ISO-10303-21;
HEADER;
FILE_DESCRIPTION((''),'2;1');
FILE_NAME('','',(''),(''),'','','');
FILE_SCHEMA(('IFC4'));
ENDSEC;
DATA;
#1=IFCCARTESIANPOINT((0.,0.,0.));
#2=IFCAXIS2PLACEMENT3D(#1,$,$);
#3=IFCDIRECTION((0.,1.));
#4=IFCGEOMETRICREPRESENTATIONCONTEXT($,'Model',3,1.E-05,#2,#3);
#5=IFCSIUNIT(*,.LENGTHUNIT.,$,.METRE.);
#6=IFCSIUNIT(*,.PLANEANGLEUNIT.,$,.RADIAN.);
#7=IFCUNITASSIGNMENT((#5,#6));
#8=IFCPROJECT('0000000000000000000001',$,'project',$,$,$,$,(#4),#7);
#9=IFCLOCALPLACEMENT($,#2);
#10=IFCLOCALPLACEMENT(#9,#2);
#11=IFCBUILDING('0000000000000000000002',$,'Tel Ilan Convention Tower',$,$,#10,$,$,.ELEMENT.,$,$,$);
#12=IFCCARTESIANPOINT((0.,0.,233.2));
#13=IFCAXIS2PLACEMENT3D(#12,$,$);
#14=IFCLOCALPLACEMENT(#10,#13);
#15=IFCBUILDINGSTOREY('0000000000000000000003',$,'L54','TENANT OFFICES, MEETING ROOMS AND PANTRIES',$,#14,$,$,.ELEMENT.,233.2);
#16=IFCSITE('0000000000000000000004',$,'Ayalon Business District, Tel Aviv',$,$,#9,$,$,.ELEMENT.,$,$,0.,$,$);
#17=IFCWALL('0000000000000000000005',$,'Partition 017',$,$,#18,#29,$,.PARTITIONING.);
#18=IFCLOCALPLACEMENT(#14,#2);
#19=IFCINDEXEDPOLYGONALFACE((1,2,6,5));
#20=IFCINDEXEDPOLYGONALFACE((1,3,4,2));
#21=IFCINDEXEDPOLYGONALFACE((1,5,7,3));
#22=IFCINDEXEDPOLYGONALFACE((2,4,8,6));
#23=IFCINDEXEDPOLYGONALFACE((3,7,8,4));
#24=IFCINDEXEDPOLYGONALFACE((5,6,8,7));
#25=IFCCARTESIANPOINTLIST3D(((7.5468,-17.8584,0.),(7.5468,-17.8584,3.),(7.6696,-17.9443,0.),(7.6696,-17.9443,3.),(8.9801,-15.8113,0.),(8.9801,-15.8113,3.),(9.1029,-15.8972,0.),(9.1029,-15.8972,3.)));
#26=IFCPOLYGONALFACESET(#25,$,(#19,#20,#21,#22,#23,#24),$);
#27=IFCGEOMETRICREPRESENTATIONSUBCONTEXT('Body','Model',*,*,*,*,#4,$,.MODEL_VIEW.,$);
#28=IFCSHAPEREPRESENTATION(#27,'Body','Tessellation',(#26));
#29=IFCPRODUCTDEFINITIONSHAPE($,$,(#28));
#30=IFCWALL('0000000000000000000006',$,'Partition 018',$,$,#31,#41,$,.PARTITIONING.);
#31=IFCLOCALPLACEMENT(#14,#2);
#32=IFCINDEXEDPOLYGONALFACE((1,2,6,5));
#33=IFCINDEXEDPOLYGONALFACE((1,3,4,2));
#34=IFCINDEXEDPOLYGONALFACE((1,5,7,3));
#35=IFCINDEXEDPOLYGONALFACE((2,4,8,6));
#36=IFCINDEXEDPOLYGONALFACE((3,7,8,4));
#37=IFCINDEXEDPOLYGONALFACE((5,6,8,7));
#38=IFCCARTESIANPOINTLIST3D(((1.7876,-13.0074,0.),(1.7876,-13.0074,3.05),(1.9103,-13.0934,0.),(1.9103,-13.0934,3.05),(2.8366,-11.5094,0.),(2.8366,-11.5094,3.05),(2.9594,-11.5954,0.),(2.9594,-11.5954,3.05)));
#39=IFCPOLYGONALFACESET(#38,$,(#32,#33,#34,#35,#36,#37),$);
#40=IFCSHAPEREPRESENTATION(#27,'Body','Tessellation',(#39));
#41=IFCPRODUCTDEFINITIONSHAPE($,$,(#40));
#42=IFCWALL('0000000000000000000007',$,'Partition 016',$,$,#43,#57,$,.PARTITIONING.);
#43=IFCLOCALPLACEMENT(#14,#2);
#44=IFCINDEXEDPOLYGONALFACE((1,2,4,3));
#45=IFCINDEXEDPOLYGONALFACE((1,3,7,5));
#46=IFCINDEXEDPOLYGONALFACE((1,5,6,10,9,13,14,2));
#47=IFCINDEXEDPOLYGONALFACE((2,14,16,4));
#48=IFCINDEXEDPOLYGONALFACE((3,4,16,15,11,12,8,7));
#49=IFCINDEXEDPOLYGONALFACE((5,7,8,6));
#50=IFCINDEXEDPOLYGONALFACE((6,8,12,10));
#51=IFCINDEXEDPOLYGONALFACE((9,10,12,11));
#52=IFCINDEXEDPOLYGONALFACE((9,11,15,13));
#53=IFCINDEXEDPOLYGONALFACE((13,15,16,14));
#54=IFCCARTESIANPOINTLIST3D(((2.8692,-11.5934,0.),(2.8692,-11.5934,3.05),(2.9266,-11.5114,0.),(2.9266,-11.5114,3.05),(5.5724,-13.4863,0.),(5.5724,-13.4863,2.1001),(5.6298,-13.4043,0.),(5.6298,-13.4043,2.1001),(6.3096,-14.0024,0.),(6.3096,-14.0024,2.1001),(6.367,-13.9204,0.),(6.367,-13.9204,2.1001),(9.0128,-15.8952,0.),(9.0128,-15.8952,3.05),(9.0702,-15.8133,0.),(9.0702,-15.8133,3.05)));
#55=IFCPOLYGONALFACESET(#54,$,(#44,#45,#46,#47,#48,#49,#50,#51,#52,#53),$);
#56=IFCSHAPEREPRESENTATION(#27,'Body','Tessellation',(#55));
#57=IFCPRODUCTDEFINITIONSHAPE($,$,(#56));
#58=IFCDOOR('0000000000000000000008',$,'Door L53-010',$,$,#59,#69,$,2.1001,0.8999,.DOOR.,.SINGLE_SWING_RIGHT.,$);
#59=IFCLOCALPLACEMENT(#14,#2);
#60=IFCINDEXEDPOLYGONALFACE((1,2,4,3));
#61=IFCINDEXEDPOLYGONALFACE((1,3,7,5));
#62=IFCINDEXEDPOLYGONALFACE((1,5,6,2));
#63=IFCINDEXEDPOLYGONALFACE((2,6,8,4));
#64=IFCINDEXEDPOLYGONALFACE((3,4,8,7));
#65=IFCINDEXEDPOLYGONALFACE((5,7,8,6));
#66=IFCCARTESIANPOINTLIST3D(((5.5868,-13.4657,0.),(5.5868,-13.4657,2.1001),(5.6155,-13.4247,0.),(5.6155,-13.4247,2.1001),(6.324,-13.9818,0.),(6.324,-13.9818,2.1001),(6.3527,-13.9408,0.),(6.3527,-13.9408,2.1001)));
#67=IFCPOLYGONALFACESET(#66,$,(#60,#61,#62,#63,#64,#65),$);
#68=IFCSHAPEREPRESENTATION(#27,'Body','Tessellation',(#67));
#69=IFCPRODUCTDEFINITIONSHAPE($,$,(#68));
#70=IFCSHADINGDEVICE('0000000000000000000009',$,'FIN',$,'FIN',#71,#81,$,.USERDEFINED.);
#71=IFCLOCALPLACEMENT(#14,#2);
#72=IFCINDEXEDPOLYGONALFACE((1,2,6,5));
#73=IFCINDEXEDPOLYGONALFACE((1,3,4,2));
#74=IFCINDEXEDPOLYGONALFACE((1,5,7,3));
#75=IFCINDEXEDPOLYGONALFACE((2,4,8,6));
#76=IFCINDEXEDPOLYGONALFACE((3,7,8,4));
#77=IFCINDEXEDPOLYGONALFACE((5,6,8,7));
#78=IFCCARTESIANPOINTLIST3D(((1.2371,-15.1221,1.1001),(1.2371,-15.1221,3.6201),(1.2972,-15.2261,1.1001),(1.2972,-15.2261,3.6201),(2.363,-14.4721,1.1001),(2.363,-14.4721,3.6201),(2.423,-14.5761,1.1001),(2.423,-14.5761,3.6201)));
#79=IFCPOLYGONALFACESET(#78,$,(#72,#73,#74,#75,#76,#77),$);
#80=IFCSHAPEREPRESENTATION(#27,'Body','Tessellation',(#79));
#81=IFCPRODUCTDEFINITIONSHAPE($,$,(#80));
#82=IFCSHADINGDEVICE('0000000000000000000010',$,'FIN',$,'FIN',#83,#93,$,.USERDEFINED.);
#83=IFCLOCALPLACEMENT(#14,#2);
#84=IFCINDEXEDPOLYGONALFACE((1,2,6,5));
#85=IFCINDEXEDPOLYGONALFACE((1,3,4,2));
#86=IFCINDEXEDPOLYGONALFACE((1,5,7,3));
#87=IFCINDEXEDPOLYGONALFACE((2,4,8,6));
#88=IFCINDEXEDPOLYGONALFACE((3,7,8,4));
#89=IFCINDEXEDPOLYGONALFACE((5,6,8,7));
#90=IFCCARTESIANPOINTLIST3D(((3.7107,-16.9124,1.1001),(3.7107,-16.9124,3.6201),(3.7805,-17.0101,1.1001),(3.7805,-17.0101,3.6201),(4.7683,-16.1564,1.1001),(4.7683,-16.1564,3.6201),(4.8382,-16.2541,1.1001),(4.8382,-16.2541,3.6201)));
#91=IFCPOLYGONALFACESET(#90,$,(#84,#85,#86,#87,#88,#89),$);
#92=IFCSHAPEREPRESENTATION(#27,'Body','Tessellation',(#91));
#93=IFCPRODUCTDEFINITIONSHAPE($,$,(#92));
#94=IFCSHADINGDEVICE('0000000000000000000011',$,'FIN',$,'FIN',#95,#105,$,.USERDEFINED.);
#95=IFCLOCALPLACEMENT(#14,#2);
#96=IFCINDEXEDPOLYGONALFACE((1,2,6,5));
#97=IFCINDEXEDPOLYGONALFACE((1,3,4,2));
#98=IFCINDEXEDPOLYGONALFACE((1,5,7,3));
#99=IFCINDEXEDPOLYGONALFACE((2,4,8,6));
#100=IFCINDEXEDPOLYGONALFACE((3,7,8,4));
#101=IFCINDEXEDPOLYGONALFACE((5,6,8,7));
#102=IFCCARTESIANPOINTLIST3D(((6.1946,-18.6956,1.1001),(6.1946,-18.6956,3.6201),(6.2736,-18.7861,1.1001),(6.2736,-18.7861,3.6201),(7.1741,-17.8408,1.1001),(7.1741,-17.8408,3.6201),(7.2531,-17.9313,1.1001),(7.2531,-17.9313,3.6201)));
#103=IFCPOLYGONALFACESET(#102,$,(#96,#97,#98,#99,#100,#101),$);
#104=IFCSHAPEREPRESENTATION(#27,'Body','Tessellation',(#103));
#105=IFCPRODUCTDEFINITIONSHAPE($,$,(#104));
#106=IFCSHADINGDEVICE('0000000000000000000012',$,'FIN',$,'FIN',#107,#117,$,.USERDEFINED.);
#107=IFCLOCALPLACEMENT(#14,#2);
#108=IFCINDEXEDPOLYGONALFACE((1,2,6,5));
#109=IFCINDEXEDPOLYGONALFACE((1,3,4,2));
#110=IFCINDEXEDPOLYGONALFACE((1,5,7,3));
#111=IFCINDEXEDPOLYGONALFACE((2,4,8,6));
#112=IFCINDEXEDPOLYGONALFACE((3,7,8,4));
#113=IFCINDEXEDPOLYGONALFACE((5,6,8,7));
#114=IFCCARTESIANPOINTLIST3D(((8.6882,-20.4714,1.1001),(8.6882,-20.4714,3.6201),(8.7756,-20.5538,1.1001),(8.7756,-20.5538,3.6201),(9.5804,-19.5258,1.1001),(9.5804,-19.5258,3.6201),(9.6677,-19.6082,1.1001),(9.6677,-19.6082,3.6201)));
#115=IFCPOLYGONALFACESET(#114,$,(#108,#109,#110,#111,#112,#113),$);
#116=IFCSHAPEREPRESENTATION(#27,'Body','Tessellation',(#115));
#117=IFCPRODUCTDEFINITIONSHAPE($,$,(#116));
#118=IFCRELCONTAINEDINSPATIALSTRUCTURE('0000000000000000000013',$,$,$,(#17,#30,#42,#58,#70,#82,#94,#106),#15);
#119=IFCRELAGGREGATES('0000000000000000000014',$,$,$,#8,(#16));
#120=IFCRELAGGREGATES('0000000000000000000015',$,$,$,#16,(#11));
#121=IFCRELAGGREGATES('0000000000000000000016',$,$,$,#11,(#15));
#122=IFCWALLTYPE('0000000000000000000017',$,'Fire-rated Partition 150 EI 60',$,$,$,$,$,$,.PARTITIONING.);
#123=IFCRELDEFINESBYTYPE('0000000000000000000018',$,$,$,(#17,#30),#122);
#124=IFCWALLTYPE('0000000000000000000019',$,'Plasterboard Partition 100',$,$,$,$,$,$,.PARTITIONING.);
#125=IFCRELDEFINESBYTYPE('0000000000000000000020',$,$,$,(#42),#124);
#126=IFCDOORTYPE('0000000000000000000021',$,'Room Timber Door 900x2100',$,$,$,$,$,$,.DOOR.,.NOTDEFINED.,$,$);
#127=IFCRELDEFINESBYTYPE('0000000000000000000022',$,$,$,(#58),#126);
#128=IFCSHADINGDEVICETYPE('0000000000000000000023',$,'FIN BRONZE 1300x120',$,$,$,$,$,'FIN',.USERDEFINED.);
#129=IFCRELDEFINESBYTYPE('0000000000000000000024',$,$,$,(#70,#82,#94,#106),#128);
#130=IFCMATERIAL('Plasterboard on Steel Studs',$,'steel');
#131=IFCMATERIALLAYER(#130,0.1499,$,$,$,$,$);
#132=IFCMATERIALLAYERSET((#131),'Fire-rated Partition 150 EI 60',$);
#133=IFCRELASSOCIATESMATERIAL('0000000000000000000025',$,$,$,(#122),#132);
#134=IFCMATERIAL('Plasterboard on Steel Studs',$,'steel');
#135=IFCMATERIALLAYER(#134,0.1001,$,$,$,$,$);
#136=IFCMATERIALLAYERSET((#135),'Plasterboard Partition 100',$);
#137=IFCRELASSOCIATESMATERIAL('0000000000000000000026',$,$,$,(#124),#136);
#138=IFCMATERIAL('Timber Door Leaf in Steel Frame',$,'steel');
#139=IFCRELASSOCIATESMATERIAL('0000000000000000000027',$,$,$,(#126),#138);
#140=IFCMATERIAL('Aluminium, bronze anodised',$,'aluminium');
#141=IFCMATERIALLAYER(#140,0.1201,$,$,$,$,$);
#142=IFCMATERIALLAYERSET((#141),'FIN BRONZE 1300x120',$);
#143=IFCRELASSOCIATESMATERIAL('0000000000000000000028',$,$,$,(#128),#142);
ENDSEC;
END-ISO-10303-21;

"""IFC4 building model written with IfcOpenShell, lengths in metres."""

from ifc_helpers import new_model, si_unit, direction, frame, frame_2d, origin, origin_2d, place, context, subcontext, project, spatial, rectangle, extrude, material, layer, layer_set, type_object, element, fill, save


model = new_model("IFC4")

# Units and contexts
model_context = context("Model", 3, precision=1e-05, world=origin(), true_north=direction((0.0, 1.0)))
body_context = subcontext(model_context, "Body", "Model", "MODEL_VIEW")
ifc_project = project(units=[si_unit("LENGTHUNIT", "METRE"), si_unit("PLANEANGLEUNIT", "RADIAN")], contexts=[model_context])

# Site, building, storey
site_placement = place(None, origin())
site = spatial("IfcSite", under=ifc_project, at=site_placement, Name="Ayalon Business District, Tel Aviv", CompositionType="ELEMENT", RefElevation=0.0)
building_placement = place(site_placement, origin())
building = spatial("IfcBuilding", under=site, at=building_placement, Name="Tel Ilan Convention Tower", CompositionType="ELEMENT")
storey_placement = place(building_placement, frame((0.0, 0.0, 233.2)))
storey = spatial("IfcBuildingStorey", under=building, at=storey_placement, Name="L54", Description="TENANT OFFICES, MEETING ROOMS AND PANTRIES", CompositionType="ELEMENT", Elevation=233.2)

# Walls
ifc_material_1 = material(Name="Plasterboard on Steel Studs", Category="steel")
ifc_layer_1 = layer(ifc_material_1, 0.1499)
ifc_layer_set_1 = layer_set([ifc_layer_1], Name="Fire-rated Partition 150 EI 60")
wall_type_1 = type_object("IfcWallType", Name="Fire-rated Partition 150 EI 60", PredefinedType="PARTITIONING", material=ifc_layer_set_1)
wall_1_placement = place(storey_placement, frame((9.0415, -15.8542, 0.0), z_axis=(0.0, 0.0, 1.0), x_axis=(-0.573561, -0.819163, 0.0)))
element("IfcWall", 1, at=wall_1_placement, inside=storey, type_object=wall_type_1, Name="Partition 017", PredefinedType="PARTITIONING", context=body_context, shape_type="SweptSolid", body=[
    extrude(rectangle(XDim=2.499, YDim=0.1499, at=frame_2d((1.2495, 0.0))), origin(), (0.0, 0.0, 1.0), 3.0),
])
wall_2_placement = place(storey_placement, frame((1.8489, -13.0505, 0.0), z_axis=(0.0, 0.0, 1.0), x_axis=(0.573624, 0.819119, 0.0)))
element("IfcWall", 2, at=wall_2_placement, inside=storey, type_object=wall_type_1, Name="Partition 018", PredefinedType="PARTITIONING", context=body_context, shape_type="SweptSolid", body=[
    extrude(rectangle(XDim=1.8289, YDim=0.1499, at=frame_2d((0.9146, 0.0))), origin(), (0.0, 0.0, 1.0), 3.05),
])

# Wall, opening, door
ifc_material_2 = material(Name="Plasterboard on Steel Studs", Category="steel")
ifc_layer_2 = layer(ifc_material_2, 0.1001)
ifc_layer_set_2 = layer_set([ifc_layer_2], Name="Plasterboard Partition 100")
wall_type_2 = type_object("IfcWallType", Name="Plasterboard Partition 100", PredefinedType="PARTITIONING", material=ifc_layer_set_2)
wall_3_placement = place(storey_placement, frame((9.0415, -15.8542, 0.0), z_axis=(0.0, 0.0, 1.0), x_axis=(-0.819152, 0.573576, 0.0)))
wall_3 = element("IfcWall", 3, at=wall_3_placement, inside=storey, type_object=wall_type_2, Name="Partition 016", PredefinedType="PARTITIONING", context=body_context, shape_type="SweptSolid", body=[
    extrude(rectangle(XDim=7.5, YDim=0.1001, at=frame_2d((3.75, 0.0))), origin(), (0.0, 0.0, 1.0), 3.05),
])
opening_placement = place(wall_3_placement, frame((3.3, 0.0, 0.0)))
opening = element("IfcOpeningElement", 4, at=opening_placement, cuts=wall_3, PredefinedType="OPENING", context=body_context, shape_type="SweptSolid", body=[
    extrude(rectangle(XDim=0.8999, YDim=2.1001, at=frame_2d((0.45, 1.05))), frame((0.0, 0.0601, 0.0), z_axis=(0.0, -1.0, 0.0), x_axis=(1.0, 0.0, 0.0)), (0.0, 0.0, 1.0), 0.1201),
])
ifc_material_3 = material(Name="Timber Door Leaf in Steel Frame", Category="steel")
door_type = type_object("IfcDoorType", Name="Room Timber Door 900x2100", OperationType="NOTDEFINED", PredefinedType="DOOR", material=ifc_material_3)
door_placement = place(opening_placement, origin())
door = element("IfcDoor", 5, at=door_placement, inside=storey, type_object=door_type, Name="Door L53-010", OperationType="SINGLE_SWING_RIGHT", OverallHeight=2.1001, OverallWidth=0.8999, PredefinedType="DOOR", context=body_context, shape_type="SweptSolid", body=[
    extrude(rectangle(XDim=0.8999, YDim=2.1001, at=frame_2d((0.45, 1.05))), frame((0.0, 0.0249, 0.0), z_axis=(0.0, -1.0, 0.0), x_axis=(1.0, 0.0, 0.0)), (0.0, 0.0, 1.0), 0.05),
])
fill(opening, door)

# Shading devices
ifc_material_4 = material(Name="Aluminium, bronze anodised", Category="aluminium")
ifc_layer_3 = layer(ifc_material_4, 0.1201)
ifc_layer_set_3 = layer_set([ifc_layer_3], Name="FIN BRONZE 1300x120")
shading_device_type = type_object("IfcShadingDeviceType", Name="FIN BRONZE 1300x120", ElementType="FIN", PredefinedType="USERDEFINED", material=ifc_layer_set_3)
for number, where, z_axis, x_axis, name in (
    (6, (1.8301, -14.8491, 1.1001), (0.0, 0.0, 1.0), (-0.866025, -0.5, 0.0), "FIN"),
    (7, (4.2744, -16.5833, 1.1001), (0.0, 0.0, 1.0), (-0.813552, -0.581492, 0.0), "FIN"),
    (8, (6.7239, -18.3135, 1.1001), (0.0, 0.0, 1.0), (-0.753436, -0.657521, 0.0), "FIN"),
    (9, (9.178, -20.0398, 1.1001), (0.0, 0.0, 1.0), (-0.686242, -0.727374, 0.0), "FIN"),
):
    element("IfcShadingDevice", number, at=place(storey_placement, frame(where, z_axis=z_axis, x_axis=x_axis)), inside=storey, type_object=shading_device_type, Name=name, ObjectType="FIN", PredefinedType="USERDEFINED", context=body_context, shape_type="SweptSolid", body=[
        extrude(rectangle(XDim=1.3, YDim=0.1201, at=origin_2d()), origin(), (0.0, 0.0, 1.0), 2.52),
    ])

save(model, "model.ifc")
